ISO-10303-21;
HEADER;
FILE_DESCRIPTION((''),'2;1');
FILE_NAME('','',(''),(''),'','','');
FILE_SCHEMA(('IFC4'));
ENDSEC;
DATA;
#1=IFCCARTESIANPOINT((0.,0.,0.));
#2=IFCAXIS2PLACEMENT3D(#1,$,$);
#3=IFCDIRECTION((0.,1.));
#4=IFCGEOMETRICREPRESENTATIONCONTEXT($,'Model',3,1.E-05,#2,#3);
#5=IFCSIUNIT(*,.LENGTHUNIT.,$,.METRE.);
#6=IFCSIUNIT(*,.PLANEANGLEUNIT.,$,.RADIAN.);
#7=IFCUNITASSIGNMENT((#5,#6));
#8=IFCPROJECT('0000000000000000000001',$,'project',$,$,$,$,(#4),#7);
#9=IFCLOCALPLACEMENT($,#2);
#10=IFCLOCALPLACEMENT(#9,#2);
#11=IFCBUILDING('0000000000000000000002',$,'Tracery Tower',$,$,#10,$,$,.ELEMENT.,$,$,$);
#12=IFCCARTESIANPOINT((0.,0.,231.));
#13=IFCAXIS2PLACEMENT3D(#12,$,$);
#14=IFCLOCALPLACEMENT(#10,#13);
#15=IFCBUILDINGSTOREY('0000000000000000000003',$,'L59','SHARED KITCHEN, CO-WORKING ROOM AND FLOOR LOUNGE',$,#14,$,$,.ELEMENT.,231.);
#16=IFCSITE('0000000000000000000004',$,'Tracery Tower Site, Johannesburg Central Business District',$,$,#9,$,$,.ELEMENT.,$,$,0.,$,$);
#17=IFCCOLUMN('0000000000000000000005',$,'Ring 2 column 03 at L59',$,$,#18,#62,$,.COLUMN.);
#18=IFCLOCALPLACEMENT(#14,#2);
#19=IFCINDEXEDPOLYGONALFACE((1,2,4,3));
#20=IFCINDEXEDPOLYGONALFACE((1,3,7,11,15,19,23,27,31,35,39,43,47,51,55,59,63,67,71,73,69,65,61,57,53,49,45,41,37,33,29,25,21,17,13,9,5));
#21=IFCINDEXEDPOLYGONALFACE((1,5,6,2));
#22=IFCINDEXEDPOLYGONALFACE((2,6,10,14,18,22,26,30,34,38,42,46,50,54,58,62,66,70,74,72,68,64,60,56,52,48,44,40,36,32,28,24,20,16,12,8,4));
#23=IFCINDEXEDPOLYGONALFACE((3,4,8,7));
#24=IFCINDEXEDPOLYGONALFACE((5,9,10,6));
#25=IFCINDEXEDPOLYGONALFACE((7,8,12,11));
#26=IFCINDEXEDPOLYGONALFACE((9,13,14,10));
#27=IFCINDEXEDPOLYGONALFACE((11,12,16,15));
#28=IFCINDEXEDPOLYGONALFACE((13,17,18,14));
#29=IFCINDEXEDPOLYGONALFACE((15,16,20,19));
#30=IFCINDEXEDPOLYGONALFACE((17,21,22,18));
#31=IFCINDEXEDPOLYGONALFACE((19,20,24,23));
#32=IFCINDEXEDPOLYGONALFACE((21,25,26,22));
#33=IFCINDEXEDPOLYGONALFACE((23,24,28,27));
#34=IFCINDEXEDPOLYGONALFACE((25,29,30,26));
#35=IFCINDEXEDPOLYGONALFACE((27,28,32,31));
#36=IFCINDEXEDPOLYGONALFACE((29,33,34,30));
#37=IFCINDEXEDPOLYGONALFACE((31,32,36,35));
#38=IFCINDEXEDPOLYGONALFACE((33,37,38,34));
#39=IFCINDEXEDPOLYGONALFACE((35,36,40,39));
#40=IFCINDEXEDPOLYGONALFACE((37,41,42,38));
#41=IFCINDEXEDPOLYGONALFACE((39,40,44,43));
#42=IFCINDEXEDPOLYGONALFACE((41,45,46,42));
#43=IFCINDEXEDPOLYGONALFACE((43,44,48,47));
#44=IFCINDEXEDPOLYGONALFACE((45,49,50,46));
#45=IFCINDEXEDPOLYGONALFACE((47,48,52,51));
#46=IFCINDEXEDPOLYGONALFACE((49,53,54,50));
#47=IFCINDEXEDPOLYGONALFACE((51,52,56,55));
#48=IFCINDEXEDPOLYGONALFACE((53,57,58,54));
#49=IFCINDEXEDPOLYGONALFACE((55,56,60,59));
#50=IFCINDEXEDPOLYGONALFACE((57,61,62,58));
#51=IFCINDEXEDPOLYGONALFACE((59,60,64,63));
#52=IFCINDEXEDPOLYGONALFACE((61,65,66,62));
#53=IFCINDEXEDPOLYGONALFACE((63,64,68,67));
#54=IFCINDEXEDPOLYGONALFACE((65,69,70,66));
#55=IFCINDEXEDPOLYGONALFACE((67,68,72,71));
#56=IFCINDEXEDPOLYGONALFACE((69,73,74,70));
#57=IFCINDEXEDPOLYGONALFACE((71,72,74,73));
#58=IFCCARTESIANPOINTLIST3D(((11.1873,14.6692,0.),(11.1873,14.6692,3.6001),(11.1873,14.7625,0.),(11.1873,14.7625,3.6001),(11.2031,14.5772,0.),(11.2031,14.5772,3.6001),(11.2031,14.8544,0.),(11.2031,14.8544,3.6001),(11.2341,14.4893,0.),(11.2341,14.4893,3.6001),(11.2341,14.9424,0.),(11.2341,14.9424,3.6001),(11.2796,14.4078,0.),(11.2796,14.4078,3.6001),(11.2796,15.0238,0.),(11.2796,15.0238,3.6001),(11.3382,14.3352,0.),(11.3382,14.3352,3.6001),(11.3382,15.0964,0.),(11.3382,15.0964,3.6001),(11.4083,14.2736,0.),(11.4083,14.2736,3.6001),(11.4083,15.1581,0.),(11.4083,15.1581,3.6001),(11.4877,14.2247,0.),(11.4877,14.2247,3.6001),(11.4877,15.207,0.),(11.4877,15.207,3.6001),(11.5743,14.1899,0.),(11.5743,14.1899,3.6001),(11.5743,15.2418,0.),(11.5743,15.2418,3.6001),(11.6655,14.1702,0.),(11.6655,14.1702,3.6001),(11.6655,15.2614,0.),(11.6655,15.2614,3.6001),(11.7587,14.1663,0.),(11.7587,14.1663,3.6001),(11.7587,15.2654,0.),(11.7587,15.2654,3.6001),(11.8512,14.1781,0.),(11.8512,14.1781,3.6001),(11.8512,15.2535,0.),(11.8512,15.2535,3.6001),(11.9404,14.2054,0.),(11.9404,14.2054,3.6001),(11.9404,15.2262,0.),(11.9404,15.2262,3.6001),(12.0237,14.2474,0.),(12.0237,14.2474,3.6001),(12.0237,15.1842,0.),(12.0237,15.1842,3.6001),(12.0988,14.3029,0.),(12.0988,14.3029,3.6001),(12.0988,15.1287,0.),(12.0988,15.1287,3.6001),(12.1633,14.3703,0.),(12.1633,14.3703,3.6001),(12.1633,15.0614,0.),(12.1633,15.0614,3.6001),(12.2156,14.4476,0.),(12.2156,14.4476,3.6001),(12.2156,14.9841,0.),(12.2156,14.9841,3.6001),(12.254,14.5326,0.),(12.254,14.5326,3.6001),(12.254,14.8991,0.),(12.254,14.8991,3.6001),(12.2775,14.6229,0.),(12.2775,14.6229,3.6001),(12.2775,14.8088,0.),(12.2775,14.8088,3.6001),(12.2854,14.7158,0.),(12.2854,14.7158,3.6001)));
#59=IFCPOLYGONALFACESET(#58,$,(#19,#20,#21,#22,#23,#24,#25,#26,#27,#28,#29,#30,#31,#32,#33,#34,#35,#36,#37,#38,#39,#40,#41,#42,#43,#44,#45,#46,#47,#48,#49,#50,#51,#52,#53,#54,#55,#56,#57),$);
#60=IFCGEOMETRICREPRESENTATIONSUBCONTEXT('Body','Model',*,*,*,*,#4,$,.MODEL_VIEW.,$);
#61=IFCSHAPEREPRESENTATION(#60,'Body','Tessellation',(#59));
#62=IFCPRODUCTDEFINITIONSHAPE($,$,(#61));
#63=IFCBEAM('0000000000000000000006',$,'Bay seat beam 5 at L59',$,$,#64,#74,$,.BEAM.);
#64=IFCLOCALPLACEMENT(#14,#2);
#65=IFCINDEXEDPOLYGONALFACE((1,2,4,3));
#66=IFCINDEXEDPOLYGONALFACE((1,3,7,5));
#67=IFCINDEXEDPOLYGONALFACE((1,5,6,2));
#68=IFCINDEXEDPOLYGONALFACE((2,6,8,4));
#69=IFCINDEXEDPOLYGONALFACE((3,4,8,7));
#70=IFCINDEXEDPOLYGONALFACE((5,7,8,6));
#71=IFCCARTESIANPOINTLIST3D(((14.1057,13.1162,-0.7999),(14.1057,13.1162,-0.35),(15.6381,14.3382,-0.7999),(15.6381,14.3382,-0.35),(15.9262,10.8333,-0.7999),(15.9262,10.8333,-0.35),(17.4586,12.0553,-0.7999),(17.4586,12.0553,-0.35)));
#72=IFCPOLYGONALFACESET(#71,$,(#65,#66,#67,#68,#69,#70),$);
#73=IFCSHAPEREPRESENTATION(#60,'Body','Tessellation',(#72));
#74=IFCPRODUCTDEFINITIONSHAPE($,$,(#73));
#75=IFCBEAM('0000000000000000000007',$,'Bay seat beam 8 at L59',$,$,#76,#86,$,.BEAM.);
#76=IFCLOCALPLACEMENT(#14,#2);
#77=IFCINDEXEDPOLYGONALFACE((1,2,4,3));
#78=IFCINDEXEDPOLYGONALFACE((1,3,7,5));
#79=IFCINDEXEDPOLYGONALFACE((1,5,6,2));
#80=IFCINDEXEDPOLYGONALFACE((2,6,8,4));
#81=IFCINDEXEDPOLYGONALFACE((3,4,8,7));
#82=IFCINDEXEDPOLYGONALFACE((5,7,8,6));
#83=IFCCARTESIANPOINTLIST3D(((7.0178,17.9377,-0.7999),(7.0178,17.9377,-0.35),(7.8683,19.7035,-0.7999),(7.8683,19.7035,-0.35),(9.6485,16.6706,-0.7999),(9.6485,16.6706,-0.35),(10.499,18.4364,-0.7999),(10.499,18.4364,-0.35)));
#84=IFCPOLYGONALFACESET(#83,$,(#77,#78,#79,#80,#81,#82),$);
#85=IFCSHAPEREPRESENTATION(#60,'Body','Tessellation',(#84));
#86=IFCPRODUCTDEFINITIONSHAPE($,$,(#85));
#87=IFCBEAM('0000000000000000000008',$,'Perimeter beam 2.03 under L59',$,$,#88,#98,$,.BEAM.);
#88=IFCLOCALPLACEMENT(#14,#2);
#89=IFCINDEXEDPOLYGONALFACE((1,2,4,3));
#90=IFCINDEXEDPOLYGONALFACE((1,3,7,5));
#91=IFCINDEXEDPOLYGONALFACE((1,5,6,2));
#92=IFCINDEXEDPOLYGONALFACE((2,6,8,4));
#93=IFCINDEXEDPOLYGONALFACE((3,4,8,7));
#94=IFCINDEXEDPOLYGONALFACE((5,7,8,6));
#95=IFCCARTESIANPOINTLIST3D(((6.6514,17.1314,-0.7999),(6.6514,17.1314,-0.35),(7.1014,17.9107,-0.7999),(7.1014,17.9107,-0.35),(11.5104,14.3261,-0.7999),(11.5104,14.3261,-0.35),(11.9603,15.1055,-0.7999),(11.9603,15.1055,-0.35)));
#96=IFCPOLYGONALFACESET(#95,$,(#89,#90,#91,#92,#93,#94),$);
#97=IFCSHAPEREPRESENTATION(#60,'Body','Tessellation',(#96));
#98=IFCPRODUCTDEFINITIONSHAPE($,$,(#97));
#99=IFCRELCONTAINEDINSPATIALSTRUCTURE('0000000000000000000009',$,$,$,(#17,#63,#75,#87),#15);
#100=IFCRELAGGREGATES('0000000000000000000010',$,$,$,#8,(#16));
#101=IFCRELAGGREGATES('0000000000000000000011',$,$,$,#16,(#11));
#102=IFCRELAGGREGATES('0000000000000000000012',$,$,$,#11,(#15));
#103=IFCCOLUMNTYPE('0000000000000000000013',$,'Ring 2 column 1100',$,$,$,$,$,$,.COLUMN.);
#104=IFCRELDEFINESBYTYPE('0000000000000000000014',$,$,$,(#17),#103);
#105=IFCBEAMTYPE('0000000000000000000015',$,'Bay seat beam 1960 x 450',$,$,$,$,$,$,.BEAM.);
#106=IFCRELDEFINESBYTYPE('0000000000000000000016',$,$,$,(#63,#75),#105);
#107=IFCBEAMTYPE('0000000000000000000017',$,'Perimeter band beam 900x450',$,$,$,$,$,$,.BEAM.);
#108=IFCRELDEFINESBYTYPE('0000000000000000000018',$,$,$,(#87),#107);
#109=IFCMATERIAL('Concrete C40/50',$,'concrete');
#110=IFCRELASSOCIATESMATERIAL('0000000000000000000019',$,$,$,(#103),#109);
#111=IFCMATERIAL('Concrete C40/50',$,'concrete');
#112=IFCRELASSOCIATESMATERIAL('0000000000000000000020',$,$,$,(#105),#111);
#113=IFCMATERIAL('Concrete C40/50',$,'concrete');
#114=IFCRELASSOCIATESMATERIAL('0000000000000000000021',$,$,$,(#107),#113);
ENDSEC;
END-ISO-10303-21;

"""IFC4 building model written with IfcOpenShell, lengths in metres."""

from ifc_helpers import new_model, si_unit, direction, frame, origin, origin_2d, place, context, subcontext, project, spatial, rectangle, circle, extrude, material, material_profile, profile_set, type_object, element, save


model = new_model("IFC4")

# Units and contexts
model_context = context("Model", 3, precision=1e-05, world=origin(), true_north=direction((0.0, 1.0)))
body_context = subcontext(model_context, "Body", "Model", "MODEL_VIEW")
ifc_project = project(units=[si_unit("LENGTHUNIT", "METRE"), si_unit("PLANEANGLEUNIT", "RADIAN")], contexts=[model_context])

# Site, building, storey
site_placement = place(None, origin())
site = spatial("IfcSite", under=ifc_project, at=site_placement, Name="Tracery Tower Site, Johannesburg Central Business District", CompositionType="ELEMENT", RefElevation=0.0)
building_placement = place(site_placement, origin())
building = spatial("IfcBuilding", under=site, at=building_placement, Name="Tracery Tower", CompositionType="ELEMENT")
storey_placement = place(building_placement, frame((0.0, 0.0, 231.0)))
storey = spatial("IfcBuildingStorey", under=building, at=storey_placement, Name="L59", Description="SHARED KITCHEN, CO-WORKING ROOM AND FLOOR LOUNGE", CompositionType="ELEMENT", Elevation=231.0)

# Column
ifc_material_1 = material(Name="Concrete C40/50", Category="concrete")
ifc_material_profile_1 = material_profile(ifc_material_1, circle(Radius=0.55, at=origin_2d()), Name="RC D1100")
ifc_profile_set_1 = profile_set([ifc_material_profile_1], Name="Concrete C40/50")
column_type = type_object("IfcColumnType", Name="Ring 2 column 1100", PredefinedType="COLUMN", material=ifc_profile_set_1)
column_placement = place(storey_placement, frame((11.7354, 14.7158, 0.0), z_axis=(0.0, 0.0, 1.0), x_axis=(1.0, 0.0, 0.0)))
element("IfcColumn", 1, at=column_placement, inside=storey, type_object=column_type, Name="Ring 2 column 03 at L59", PredefinedType="COLUMN", context=body_context, shape_type="SweptSolid", body=[
    extrude(circle(Radius=0.55, at=origin_2d()), origin(), (0.0, 0.0, 1.0), 3.6001),
])

# Beams
ifc_material_2 = material(Name="Concrete C40/50", Category="concrete")
ifc_material_profile_2 = material_profile(ifc_material_2, rectangle(XDim=1.96, YDim=0.45, at=origin_2d()), Name="RC 1960x450")
ifc_profile_set_2 = profile_set([ifc_material_profile_2], Name="Concrete C40/50")
beam_type_1 = type_object("IfcBeamType", Name="Bay seat beam 1960 x 450", PredefinedType="BEAM", material=ifc_profile_set_2)
for number, where, z_axis, x_axis, name in (
    (2, (16.6924, 11.4443, -0.575), (-0.623481, 0.781839, 0.0), (-0.781839, -0.623481, 0.0), "Bay seat beam 5 at L59"),
    (3, (10.0737, 17.5535, -0.575), (-0.900935, 0.433954, 0.0), (-0.433954, -0.900935, 0.0), "Bay seat beam 8 at L59"),
):
    element("IfcBeam", number, at=place(storey_placement, frame(where, z_axis=z_axis, x_axis=x_axis)), inside=storey, type_object=beam_type_1, Name=name, PredefinedType="BEAM", context=body_context, shape_type="SweptSolid", body=[
        extrude(rectangle(XDim=1.96, YDim=0.45, at=origin_2d()), origin(), (0.0, 0.0, 1.0), 2.9199),
    ])
ifc_material_3 = material(Name="Concrete C40/50", Category="concrete")
ifc_material_profile_3 = material_profile(ifc_material_3, rectangle(XDim=0.8999, YDim=0.45, at=origin_2d()), Name="RC 900x450")
ifc_profile_set_3 = profile_set([ifc_material_profile_3], Name="Concrete C40/50")
beam_type_2 = type_object("IfcBeamType", Name="Perimeter band beam 900x450", PredefinedType="BEAM", material=ifc_profile_set_3)
beam_placement = place(storey_placement, frame((11.7354, 14.7158, -0.575), z_axis=(-0.866033, 0.499986, 0.0), x_axis=(-0.499986, -0.866033, 0.0)))
element("IfcBeam", 4, at=beam_placement, inside=storey, type_object=beam_type_2, Name="Perimeter beam 2.03 under L59", PredefinedType="BEAM", context=body_context, shape_type="SweptSolid", body=[
    extrude(rectangle(XDim=0.8999, YDim=0.45, at=origin_2d()), origin(), (0.0, 0.0, 1.0), 5.6106),
])

save(model, "model.ifc")
